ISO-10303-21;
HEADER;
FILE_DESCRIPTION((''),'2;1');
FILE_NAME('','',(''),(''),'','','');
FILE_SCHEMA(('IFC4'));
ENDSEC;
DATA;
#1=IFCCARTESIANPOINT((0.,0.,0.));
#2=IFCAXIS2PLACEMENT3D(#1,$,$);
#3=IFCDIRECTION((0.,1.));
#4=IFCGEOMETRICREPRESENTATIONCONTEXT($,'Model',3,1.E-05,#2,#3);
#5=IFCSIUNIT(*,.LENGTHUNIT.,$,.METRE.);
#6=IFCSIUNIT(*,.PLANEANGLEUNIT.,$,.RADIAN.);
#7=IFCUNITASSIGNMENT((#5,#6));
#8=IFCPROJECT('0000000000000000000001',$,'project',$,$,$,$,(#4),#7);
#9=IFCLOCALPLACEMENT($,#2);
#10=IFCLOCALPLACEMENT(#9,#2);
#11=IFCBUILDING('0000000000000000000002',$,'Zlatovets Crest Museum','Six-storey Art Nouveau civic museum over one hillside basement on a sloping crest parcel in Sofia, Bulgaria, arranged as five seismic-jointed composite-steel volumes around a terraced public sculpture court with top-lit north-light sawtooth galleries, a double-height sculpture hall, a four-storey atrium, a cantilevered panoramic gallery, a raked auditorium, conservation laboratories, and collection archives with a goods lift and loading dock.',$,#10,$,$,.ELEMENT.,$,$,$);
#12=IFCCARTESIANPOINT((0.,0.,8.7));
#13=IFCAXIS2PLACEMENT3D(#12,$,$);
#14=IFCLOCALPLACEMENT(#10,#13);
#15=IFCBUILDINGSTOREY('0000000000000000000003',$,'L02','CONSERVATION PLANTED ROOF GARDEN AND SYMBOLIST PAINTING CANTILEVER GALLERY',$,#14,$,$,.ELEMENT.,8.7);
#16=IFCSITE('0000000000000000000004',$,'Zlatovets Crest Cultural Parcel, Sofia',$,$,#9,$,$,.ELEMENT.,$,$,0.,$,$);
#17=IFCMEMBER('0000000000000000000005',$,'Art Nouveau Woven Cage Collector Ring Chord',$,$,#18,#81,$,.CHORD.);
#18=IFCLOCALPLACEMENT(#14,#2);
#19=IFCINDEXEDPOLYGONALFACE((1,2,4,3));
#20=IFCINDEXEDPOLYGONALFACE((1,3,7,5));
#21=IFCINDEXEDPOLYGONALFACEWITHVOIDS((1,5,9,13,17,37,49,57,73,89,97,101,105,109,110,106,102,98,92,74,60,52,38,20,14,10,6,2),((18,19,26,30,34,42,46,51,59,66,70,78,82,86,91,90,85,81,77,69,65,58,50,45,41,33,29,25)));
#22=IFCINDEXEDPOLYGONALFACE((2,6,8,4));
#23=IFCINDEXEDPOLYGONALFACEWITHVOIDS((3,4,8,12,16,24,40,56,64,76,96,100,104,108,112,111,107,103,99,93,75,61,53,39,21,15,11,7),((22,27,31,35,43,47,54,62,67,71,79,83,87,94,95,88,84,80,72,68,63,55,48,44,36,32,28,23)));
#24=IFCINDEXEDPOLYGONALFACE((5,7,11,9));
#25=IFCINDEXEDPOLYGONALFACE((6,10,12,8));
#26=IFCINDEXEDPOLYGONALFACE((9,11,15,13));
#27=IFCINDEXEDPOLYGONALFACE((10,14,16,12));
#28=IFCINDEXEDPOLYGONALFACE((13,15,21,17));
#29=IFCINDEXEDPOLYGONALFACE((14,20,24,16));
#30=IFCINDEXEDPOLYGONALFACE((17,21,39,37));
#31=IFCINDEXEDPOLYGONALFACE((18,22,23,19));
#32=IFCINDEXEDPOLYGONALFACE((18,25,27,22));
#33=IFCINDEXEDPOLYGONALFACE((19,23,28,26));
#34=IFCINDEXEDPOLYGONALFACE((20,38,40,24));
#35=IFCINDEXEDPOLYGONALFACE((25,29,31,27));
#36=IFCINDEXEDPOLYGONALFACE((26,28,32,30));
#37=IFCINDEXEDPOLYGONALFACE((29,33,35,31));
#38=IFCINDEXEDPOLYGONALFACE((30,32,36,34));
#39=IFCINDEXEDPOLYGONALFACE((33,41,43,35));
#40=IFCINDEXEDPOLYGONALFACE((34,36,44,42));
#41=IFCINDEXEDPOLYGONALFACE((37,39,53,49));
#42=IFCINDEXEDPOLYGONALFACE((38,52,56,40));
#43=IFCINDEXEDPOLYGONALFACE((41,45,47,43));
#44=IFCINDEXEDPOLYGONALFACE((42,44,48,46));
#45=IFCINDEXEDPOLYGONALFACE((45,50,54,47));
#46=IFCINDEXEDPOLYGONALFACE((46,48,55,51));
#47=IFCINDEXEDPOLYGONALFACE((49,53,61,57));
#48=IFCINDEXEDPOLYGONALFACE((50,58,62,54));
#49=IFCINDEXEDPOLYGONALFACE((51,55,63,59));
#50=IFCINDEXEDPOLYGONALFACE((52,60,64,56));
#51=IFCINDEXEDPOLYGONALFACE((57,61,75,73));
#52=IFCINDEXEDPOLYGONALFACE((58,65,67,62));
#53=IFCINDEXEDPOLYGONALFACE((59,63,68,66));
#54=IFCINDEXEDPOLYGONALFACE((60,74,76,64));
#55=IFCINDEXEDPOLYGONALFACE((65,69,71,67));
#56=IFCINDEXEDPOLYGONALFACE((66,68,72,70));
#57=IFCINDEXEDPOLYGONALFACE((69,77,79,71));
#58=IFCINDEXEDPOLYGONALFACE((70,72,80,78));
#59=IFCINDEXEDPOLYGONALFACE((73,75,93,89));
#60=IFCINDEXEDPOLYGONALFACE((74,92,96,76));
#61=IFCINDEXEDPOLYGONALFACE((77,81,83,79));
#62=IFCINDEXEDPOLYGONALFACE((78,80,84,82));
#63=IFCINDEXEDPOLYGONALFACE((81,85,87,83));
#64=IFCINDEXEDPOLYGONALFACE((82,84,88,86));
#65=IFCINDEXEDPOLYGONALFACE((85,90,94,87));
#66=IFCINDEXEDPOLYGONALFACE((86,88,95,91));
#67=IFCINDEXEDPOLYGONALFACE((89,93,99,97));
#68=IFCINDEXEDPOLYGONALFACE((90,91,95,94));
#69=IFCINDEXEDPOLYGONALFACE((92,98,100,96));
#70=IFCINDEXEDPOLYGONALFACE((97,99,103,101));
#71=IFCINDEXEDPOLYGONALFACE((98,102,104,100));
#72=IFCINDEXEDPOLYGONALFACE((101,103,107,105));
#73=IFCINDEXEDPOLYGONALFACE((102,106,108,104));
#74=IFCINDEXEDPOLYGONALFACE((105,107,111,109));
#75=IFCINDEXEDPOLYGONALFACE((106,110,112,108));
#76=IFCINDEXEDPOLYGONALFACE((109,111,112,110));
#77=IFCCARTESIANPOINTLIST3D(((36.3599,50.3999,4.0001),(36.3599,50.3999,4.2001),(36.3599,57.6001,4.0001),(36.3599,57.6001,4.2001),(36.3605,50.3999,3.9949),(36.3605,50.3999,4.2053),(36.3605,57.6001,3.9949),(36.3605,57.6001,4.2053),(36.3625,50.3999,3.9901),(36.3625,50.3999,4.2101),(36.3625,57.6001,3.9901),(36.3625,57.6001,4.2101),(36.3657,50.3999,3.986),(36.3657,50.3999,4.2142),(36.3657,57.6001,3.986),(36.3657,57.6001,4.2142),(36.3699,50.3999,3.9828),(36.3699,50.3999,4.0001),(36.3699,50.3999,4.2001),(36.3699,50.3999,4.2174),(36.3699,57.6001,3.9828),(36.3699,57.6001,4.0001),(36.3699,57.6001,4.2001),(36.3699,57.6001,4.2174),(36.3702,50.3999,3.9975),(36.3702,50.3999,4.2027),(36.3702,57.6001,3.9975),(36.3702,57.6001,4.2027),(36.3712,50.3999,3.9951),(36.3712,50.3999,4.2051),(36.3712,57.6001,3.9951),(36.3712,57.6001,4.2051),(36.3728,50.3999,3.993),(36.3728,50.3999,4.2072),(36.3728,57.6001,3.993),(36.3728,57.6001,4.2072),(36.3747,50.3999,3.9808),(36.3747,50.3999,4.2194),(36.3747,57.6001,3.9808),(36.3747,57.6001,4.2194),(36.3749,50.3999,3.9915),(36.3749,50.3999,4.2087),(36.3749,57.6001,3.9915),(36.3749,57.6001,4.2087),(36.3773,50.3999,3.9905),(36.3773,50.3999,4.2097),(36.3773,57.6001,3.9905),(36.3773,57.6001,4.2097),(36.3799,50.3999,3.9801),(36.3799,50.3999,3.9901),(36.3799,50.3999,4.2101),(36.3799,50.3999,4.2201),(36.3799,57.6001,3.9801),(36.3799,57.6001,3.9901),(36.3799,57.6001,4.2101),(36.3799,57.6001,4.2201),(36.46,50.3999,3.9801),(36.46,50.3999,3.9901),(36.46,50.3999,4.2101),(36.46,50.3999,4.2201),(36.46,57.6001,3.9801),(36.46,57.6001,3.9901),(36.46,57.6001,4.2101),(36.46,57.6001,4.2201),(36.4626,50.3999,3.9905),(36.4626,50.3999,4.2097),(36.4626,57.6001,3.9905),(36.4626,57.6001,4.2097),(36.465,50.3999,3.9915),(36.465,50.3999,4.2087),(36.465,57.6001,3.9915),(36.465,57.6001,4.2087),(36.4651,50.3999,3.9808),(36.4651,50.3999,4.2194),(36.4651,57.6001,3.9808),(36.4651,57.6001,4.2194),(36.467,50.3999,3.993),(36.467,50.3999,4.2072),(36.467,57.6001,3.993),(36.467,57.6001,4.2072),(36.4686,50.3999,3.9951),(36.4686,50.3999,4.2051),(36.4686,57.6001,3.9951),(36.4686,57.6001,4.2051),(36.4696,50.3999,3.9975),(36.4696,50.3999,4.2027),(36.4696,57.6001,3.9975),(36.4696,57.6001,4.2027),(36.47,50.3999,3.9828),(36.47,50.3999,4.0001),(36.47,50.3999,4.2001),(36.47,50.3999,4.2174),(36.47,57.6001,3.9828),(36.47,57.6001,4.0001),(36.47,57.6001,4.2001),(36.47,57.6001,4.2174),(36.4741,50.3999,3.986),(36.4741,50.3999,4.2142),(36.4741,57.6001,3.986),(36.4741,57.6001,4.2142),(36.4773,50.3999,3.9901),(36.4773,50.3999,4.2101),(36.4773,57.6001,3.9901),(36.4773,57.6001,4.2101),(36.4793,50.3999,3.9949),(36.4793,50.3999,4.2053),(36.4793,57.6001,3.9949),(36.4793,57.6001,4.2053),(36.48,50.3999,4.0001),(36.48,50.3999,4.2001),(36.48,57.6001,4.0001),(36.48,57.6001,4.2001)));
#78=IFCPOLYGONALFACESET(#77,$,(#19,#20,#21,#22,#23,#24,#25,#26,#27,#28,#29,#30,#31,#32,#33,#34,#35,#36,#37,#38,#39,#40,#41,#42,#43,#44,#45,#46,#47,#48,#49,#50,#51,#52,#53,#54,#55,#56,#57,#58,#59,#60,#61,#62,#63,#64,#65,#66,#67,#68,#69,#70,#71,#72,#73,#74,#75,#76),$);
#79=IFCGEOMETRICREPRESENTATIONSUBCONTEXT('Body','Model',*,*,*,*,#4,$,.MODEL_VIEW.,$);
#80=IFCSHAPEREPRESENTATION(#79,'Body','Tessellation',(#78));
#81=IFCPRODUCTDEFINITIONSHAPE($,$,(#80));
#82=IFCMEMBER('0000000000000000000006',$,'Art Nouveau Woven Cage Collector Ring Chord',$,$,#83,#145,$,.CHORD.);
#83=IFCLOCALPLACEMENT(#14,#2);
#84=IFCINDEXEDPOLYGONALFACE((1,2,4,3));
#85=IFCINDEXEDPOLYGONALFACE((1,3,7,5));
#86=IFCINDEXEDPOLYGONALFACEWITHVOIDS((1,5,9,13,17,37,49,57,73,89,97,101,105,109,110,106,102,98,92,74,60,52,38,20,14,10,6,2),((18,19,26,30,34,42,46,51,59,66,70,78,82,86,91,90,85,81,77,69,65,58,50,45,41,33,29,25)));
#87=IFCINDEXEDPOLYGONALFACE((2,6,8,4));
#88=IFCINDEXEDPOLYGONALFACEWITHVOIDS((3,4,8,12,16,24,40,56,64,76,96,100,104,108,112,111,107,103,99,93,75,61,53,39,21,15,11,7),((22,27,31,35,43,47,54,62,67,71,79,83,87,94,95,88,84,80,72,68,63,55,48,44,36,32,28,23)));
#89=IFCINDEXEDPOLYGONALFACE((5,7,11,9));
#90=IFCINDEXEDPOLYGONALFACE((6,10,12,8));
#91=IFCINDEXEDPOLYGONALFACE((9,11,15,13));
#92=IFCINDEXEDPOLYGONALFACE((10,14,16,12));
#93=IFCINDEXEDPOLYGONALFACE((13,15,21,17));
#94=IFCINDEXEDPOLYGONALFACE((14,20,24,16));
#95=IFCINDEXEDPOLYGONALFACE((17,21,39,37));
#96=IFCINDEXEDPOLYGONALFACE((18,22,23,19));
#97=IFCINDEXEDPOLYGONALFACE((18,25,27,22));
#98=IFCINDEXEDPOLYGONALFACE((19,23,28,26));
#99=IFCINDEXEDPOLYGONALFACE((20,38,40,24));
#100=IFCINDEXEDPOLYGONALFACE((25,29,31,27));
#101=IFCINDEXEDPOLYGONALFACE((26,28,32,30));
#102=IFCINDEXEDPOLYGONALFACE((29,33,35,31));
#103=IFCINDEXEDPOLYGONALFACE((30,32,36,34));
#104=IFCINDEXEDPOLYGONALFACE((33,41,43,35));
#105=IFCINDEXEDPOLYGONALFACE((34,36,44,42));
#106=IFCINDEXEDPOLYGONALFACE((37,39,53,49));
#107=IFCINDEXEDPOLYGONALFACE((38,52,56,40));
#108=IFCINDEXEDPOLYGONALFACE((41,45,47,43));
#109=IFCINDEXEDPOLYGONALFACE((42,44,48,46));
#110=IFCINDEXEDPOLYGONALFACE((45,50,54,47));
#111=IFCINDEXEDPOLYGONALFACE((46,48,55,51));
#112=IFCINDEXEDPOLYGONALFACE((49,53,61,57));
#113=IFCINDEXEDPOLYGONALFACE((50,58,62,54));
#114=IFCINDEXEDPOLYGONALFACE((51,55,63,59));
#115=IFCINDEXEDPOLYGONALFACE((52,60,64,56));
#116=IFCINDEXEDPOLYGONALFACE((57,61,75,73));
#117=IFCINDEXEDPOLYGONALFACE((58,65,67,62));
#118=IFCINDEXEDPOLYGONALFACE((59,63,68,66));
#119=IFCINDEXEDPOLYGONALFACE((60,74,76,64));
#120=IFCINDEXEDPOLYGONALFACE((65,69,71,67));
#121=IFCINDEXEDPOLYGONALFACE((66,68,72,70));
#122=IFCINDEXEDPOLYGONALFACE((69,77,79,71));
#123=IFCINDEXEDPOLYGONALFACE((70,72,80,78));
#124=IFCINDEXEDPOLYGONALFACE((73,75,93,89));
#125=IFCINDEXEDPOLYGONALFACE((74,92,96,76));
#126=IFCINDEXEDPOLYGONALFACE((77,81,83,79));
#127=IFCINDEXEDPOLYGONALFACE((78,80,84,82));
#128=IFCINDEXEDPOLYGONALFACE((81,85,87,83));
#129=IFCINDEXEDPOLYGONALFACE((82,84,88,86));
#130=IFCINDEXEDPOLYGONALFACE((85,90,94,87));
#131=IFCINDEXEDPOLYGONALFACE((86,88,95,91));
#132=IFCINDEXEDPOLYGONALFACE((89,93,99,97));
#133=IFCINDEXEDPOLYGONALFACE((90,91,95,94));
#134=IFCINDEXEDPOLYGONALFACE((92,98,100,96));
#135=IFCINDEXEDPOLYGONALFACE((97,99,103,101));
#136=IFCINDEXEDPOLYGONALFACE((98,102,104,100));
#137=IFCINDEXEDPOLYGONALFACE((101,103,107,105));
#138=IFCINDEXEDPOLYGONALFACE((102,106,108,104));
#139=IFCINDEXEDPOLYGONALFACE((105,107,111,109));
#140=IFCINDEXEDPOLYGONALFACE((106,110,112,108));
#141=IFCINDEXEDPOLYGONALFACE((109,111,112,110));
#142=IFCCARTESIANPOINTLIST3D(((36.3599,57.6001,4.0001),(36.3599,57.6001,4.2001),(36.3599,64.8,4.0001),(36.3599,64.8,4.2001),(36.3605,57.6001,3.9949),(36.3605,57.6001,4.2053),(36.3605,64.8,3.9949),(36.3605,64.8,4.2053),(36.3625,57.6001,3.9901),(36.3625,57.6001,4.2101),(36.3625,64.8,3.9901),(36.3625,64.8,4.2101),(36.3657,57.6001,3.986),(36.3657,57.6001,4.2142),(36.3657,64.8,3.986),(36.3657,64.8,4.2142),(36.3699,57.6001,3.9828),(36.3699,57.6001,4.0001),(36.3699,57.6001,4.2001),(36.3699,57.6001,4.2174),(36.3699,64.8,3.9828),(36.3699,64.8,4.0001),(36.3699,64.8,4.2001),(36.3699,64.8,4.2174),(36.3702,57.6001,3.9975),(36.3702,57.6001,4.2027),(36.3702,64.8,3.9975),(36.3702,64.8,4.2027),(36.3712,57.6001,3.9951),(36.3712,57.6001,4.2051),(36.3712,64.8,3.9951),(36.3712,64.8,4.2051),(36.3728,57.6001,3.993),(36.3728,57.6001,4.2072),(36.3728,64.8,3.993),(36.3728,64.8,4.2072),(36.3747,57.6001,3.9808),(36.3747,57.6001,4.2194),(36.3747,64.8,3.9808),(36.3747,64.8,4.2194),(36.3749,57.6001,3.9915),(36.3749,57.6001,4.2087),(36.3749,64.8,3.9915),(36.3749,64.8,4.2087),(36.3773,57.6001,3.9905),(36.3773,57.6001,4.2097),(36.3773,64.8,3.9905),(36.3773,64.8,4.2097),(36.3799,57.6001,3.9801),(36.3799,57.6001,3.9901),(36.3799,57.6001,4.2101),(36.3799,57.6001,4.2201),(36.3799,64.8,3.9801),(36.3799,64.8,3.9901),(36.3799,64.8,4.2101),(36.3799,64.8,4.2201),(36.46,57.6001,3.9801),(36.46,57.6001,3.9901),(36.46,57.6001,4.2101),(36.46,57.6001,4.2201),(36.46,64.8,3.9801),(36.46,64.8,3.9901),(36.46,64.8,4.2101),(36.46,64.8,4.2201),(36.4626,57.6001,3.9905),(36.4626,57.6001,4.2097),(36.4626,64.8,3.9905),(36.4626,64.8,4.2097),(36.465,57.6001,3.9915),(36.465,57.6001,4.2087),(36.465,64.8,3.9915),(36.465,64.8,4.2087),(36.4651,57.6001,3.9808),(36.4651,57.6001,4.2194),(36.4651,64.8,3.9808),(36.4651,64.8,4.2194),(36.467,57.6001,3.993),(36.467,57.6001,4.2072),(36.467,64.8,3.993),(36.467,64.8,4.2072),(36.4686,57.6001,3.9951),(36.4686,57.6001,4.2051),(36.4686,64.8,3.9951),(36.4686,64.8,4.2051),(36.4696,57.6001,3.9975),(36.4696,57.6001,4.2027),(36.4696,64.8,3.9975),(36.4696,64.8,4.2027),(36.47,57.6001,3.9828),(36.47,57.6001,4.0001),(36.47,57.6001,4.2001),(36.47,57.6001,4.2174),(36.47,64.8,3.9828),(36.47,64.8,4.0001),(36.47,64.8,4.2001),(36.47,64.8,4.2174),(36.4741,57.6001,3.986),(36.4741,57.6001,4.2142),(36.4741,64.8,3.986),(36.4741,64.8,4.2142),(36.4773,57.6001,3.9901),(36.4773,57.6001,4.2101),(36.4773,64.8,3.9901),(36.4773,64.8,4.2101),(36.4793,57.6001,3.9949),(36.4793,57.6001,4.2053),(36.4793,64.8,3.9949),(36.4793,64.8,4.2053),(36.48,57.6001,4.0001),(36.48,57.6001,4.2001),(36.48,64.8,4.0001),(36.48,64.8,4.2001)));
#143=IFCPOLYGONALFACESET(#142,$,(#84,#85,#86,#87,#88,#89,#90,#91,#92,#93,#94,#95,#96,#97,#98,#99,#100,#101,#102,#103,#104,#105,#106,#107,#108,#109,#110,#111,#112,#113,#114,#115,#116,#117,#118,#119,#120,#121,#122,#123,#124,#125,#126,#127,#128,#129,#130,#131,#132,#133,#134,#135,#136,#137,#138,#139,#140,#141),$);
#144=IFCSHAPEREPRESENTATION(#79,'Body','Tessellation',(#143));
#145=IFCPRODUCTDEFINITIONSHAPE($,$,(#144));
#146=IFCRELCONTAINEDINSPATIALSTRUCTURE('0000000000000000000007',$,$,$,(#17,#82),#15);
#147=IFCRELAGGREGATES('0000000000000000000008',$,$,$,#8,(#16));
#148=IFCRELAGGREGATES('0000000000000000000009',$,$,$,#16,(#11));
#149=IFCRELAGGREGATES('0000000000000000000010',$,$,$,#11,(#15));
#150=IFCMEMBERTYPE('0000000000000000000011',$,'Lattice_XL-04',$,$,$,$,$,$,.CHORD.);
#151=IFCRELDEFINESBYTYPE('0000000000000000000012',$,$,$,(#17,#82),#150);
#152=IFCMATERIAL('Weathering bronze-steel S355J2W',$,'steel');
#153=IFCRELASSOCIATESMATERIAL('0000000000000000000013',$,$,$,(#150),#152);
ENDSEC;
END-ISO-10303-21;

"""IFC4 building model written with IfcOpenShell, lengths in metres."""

from ifc_helpers import new_model, si_unit, direction, frame, origin, origin_2d, place, context, subcontext, project, spatial, hollow_rectangle, extrude, material, material_profile, profile_set, type_object, element, save


model = new_model("IFC4")

# Units and contexts
model_context = context("Model", 3, precision=1e-05, world=origin(), true_north=direction((0.0, 1.0)))
body_context = subcontext(model_context, "Body", "Model", "MODEL_VIEW")
ifc_project = project(units=[si_unit("LENGTHUNIT", "METRE"), si_unit("PLANEANGLEUNIT", "RADIAN")], contexts=[model_context])

# Site, building, storey
site_placement = place(None, origin())
site = spatial("IfcSite", under=ifc_project, at=site_placement, Name="Zlatovets Crest Cultural Parcel, Sofia", CompositionType="ELEMENT", RefElevation=0.0)
building_placement = place(site_placement, origin())
building = spatial("IfcBuilding", under=site, at=building_placement, Name="Zlatovets Crest Museum", Description="Six-storey Art Nouveau civic museum over one hillside basement on a sloping crest parcel in Sofia, Bulgaria, arranged as five seismic-jointed composite-steel volumes around a terraced public sculpture court with top-lit north-light sawtooth galleries, a double-height sculpture hall, a four-storey atrium, a cantilevered panoramic gallery, a raked auditorium, conservation laboratories, and collection archives with a goods lift and loading dock.", CompositionType="ELEMENT")
storey_placement = place(building_placement, frame((0.0, 0.0, 8.7)))
storey = spatial("IfcBuildingStorey", under=building, at=storey_placement, Name="L02", Description="CONSERVATION PLANTED ROOF GARDEN AND SYMBOLIST PAINTING CANTILEVER GALLERY", CompositionType="ELEMENT", Elevation=8.7)

# Members
ifc_material_1 = material(Name="Weathering bronze-steel S355J2W", Category="steel")
ifc_material_profile_1 = material_profile(ifc_material_1, hollow_rectangle(XDim=0.1201, YDim=0.24, WallThickness=0.01, InnerFilletRadius=0.01, OuterFilletRadius=0.02, at=origin_2d()), Name="RHS 120x240x10.0")
ifc_profile_set_1 = profile_set([ifc_material_profile_1], Name="Weathering bronze-steel S355J2W")
member_type_1 = type_object("IfcMemberType", Name="Lattice_XL-04", PredefinedType="CHORD", material=ifc_profile_set_1)
member_1_placement = place(storey_placement, frame((36.4199, 50.3999, 4.1001), z_axis=(0.0, 1.0, 0.0), x_axis=(-1.0, 0.0, 0.0)))
element("IfcMember", 1, at=member_1_placement, inside=storey, type_object=member_type_1, Name="Art Nouveau Woven Cage Collector Ring Chord", PredefinedType="CHORD", context=body_context, shape_type="SweptSolid", body=[
    extrude(hollow_rectangle(XDim=0.1201, YDim=0.24, WallThickness=0.01, InnerFilletRadius=0.01, OuterFilletRadius=0.02, at=origin_2d()), origin(), (0.0, 0.0, 1.0), 7.2002),
])
for number, where, z_axis, x_axis, name in (
    (2, (36.4199, 57.6001, 4.1001), (0.0, 1.0, 0.0), (-1.0, 0.0, 0.0), "Art Nouveau Woven Cage Collector Ring Chord"),
):
    element("IfcMember", number, at=place(storey_placement, frame(where, z_axis=z_axis, x_axis=x_axis)), inside=storey, type_object=member_type_1, Name=name, PredefinedType="CHORD", context=body_context, shape_type="SweptSolid", body=[
        extrude(hollow_rectangle(XDim=0.1201, YDim=0.24, WallThickness=0.01, InnerFilletRadius=0.01, OuterFilletRadius=0.02, at=origin_2d()), origin(), (0.0, 0.0, 1.0), 7.2),
    ])

save(model, "model.ifc")
